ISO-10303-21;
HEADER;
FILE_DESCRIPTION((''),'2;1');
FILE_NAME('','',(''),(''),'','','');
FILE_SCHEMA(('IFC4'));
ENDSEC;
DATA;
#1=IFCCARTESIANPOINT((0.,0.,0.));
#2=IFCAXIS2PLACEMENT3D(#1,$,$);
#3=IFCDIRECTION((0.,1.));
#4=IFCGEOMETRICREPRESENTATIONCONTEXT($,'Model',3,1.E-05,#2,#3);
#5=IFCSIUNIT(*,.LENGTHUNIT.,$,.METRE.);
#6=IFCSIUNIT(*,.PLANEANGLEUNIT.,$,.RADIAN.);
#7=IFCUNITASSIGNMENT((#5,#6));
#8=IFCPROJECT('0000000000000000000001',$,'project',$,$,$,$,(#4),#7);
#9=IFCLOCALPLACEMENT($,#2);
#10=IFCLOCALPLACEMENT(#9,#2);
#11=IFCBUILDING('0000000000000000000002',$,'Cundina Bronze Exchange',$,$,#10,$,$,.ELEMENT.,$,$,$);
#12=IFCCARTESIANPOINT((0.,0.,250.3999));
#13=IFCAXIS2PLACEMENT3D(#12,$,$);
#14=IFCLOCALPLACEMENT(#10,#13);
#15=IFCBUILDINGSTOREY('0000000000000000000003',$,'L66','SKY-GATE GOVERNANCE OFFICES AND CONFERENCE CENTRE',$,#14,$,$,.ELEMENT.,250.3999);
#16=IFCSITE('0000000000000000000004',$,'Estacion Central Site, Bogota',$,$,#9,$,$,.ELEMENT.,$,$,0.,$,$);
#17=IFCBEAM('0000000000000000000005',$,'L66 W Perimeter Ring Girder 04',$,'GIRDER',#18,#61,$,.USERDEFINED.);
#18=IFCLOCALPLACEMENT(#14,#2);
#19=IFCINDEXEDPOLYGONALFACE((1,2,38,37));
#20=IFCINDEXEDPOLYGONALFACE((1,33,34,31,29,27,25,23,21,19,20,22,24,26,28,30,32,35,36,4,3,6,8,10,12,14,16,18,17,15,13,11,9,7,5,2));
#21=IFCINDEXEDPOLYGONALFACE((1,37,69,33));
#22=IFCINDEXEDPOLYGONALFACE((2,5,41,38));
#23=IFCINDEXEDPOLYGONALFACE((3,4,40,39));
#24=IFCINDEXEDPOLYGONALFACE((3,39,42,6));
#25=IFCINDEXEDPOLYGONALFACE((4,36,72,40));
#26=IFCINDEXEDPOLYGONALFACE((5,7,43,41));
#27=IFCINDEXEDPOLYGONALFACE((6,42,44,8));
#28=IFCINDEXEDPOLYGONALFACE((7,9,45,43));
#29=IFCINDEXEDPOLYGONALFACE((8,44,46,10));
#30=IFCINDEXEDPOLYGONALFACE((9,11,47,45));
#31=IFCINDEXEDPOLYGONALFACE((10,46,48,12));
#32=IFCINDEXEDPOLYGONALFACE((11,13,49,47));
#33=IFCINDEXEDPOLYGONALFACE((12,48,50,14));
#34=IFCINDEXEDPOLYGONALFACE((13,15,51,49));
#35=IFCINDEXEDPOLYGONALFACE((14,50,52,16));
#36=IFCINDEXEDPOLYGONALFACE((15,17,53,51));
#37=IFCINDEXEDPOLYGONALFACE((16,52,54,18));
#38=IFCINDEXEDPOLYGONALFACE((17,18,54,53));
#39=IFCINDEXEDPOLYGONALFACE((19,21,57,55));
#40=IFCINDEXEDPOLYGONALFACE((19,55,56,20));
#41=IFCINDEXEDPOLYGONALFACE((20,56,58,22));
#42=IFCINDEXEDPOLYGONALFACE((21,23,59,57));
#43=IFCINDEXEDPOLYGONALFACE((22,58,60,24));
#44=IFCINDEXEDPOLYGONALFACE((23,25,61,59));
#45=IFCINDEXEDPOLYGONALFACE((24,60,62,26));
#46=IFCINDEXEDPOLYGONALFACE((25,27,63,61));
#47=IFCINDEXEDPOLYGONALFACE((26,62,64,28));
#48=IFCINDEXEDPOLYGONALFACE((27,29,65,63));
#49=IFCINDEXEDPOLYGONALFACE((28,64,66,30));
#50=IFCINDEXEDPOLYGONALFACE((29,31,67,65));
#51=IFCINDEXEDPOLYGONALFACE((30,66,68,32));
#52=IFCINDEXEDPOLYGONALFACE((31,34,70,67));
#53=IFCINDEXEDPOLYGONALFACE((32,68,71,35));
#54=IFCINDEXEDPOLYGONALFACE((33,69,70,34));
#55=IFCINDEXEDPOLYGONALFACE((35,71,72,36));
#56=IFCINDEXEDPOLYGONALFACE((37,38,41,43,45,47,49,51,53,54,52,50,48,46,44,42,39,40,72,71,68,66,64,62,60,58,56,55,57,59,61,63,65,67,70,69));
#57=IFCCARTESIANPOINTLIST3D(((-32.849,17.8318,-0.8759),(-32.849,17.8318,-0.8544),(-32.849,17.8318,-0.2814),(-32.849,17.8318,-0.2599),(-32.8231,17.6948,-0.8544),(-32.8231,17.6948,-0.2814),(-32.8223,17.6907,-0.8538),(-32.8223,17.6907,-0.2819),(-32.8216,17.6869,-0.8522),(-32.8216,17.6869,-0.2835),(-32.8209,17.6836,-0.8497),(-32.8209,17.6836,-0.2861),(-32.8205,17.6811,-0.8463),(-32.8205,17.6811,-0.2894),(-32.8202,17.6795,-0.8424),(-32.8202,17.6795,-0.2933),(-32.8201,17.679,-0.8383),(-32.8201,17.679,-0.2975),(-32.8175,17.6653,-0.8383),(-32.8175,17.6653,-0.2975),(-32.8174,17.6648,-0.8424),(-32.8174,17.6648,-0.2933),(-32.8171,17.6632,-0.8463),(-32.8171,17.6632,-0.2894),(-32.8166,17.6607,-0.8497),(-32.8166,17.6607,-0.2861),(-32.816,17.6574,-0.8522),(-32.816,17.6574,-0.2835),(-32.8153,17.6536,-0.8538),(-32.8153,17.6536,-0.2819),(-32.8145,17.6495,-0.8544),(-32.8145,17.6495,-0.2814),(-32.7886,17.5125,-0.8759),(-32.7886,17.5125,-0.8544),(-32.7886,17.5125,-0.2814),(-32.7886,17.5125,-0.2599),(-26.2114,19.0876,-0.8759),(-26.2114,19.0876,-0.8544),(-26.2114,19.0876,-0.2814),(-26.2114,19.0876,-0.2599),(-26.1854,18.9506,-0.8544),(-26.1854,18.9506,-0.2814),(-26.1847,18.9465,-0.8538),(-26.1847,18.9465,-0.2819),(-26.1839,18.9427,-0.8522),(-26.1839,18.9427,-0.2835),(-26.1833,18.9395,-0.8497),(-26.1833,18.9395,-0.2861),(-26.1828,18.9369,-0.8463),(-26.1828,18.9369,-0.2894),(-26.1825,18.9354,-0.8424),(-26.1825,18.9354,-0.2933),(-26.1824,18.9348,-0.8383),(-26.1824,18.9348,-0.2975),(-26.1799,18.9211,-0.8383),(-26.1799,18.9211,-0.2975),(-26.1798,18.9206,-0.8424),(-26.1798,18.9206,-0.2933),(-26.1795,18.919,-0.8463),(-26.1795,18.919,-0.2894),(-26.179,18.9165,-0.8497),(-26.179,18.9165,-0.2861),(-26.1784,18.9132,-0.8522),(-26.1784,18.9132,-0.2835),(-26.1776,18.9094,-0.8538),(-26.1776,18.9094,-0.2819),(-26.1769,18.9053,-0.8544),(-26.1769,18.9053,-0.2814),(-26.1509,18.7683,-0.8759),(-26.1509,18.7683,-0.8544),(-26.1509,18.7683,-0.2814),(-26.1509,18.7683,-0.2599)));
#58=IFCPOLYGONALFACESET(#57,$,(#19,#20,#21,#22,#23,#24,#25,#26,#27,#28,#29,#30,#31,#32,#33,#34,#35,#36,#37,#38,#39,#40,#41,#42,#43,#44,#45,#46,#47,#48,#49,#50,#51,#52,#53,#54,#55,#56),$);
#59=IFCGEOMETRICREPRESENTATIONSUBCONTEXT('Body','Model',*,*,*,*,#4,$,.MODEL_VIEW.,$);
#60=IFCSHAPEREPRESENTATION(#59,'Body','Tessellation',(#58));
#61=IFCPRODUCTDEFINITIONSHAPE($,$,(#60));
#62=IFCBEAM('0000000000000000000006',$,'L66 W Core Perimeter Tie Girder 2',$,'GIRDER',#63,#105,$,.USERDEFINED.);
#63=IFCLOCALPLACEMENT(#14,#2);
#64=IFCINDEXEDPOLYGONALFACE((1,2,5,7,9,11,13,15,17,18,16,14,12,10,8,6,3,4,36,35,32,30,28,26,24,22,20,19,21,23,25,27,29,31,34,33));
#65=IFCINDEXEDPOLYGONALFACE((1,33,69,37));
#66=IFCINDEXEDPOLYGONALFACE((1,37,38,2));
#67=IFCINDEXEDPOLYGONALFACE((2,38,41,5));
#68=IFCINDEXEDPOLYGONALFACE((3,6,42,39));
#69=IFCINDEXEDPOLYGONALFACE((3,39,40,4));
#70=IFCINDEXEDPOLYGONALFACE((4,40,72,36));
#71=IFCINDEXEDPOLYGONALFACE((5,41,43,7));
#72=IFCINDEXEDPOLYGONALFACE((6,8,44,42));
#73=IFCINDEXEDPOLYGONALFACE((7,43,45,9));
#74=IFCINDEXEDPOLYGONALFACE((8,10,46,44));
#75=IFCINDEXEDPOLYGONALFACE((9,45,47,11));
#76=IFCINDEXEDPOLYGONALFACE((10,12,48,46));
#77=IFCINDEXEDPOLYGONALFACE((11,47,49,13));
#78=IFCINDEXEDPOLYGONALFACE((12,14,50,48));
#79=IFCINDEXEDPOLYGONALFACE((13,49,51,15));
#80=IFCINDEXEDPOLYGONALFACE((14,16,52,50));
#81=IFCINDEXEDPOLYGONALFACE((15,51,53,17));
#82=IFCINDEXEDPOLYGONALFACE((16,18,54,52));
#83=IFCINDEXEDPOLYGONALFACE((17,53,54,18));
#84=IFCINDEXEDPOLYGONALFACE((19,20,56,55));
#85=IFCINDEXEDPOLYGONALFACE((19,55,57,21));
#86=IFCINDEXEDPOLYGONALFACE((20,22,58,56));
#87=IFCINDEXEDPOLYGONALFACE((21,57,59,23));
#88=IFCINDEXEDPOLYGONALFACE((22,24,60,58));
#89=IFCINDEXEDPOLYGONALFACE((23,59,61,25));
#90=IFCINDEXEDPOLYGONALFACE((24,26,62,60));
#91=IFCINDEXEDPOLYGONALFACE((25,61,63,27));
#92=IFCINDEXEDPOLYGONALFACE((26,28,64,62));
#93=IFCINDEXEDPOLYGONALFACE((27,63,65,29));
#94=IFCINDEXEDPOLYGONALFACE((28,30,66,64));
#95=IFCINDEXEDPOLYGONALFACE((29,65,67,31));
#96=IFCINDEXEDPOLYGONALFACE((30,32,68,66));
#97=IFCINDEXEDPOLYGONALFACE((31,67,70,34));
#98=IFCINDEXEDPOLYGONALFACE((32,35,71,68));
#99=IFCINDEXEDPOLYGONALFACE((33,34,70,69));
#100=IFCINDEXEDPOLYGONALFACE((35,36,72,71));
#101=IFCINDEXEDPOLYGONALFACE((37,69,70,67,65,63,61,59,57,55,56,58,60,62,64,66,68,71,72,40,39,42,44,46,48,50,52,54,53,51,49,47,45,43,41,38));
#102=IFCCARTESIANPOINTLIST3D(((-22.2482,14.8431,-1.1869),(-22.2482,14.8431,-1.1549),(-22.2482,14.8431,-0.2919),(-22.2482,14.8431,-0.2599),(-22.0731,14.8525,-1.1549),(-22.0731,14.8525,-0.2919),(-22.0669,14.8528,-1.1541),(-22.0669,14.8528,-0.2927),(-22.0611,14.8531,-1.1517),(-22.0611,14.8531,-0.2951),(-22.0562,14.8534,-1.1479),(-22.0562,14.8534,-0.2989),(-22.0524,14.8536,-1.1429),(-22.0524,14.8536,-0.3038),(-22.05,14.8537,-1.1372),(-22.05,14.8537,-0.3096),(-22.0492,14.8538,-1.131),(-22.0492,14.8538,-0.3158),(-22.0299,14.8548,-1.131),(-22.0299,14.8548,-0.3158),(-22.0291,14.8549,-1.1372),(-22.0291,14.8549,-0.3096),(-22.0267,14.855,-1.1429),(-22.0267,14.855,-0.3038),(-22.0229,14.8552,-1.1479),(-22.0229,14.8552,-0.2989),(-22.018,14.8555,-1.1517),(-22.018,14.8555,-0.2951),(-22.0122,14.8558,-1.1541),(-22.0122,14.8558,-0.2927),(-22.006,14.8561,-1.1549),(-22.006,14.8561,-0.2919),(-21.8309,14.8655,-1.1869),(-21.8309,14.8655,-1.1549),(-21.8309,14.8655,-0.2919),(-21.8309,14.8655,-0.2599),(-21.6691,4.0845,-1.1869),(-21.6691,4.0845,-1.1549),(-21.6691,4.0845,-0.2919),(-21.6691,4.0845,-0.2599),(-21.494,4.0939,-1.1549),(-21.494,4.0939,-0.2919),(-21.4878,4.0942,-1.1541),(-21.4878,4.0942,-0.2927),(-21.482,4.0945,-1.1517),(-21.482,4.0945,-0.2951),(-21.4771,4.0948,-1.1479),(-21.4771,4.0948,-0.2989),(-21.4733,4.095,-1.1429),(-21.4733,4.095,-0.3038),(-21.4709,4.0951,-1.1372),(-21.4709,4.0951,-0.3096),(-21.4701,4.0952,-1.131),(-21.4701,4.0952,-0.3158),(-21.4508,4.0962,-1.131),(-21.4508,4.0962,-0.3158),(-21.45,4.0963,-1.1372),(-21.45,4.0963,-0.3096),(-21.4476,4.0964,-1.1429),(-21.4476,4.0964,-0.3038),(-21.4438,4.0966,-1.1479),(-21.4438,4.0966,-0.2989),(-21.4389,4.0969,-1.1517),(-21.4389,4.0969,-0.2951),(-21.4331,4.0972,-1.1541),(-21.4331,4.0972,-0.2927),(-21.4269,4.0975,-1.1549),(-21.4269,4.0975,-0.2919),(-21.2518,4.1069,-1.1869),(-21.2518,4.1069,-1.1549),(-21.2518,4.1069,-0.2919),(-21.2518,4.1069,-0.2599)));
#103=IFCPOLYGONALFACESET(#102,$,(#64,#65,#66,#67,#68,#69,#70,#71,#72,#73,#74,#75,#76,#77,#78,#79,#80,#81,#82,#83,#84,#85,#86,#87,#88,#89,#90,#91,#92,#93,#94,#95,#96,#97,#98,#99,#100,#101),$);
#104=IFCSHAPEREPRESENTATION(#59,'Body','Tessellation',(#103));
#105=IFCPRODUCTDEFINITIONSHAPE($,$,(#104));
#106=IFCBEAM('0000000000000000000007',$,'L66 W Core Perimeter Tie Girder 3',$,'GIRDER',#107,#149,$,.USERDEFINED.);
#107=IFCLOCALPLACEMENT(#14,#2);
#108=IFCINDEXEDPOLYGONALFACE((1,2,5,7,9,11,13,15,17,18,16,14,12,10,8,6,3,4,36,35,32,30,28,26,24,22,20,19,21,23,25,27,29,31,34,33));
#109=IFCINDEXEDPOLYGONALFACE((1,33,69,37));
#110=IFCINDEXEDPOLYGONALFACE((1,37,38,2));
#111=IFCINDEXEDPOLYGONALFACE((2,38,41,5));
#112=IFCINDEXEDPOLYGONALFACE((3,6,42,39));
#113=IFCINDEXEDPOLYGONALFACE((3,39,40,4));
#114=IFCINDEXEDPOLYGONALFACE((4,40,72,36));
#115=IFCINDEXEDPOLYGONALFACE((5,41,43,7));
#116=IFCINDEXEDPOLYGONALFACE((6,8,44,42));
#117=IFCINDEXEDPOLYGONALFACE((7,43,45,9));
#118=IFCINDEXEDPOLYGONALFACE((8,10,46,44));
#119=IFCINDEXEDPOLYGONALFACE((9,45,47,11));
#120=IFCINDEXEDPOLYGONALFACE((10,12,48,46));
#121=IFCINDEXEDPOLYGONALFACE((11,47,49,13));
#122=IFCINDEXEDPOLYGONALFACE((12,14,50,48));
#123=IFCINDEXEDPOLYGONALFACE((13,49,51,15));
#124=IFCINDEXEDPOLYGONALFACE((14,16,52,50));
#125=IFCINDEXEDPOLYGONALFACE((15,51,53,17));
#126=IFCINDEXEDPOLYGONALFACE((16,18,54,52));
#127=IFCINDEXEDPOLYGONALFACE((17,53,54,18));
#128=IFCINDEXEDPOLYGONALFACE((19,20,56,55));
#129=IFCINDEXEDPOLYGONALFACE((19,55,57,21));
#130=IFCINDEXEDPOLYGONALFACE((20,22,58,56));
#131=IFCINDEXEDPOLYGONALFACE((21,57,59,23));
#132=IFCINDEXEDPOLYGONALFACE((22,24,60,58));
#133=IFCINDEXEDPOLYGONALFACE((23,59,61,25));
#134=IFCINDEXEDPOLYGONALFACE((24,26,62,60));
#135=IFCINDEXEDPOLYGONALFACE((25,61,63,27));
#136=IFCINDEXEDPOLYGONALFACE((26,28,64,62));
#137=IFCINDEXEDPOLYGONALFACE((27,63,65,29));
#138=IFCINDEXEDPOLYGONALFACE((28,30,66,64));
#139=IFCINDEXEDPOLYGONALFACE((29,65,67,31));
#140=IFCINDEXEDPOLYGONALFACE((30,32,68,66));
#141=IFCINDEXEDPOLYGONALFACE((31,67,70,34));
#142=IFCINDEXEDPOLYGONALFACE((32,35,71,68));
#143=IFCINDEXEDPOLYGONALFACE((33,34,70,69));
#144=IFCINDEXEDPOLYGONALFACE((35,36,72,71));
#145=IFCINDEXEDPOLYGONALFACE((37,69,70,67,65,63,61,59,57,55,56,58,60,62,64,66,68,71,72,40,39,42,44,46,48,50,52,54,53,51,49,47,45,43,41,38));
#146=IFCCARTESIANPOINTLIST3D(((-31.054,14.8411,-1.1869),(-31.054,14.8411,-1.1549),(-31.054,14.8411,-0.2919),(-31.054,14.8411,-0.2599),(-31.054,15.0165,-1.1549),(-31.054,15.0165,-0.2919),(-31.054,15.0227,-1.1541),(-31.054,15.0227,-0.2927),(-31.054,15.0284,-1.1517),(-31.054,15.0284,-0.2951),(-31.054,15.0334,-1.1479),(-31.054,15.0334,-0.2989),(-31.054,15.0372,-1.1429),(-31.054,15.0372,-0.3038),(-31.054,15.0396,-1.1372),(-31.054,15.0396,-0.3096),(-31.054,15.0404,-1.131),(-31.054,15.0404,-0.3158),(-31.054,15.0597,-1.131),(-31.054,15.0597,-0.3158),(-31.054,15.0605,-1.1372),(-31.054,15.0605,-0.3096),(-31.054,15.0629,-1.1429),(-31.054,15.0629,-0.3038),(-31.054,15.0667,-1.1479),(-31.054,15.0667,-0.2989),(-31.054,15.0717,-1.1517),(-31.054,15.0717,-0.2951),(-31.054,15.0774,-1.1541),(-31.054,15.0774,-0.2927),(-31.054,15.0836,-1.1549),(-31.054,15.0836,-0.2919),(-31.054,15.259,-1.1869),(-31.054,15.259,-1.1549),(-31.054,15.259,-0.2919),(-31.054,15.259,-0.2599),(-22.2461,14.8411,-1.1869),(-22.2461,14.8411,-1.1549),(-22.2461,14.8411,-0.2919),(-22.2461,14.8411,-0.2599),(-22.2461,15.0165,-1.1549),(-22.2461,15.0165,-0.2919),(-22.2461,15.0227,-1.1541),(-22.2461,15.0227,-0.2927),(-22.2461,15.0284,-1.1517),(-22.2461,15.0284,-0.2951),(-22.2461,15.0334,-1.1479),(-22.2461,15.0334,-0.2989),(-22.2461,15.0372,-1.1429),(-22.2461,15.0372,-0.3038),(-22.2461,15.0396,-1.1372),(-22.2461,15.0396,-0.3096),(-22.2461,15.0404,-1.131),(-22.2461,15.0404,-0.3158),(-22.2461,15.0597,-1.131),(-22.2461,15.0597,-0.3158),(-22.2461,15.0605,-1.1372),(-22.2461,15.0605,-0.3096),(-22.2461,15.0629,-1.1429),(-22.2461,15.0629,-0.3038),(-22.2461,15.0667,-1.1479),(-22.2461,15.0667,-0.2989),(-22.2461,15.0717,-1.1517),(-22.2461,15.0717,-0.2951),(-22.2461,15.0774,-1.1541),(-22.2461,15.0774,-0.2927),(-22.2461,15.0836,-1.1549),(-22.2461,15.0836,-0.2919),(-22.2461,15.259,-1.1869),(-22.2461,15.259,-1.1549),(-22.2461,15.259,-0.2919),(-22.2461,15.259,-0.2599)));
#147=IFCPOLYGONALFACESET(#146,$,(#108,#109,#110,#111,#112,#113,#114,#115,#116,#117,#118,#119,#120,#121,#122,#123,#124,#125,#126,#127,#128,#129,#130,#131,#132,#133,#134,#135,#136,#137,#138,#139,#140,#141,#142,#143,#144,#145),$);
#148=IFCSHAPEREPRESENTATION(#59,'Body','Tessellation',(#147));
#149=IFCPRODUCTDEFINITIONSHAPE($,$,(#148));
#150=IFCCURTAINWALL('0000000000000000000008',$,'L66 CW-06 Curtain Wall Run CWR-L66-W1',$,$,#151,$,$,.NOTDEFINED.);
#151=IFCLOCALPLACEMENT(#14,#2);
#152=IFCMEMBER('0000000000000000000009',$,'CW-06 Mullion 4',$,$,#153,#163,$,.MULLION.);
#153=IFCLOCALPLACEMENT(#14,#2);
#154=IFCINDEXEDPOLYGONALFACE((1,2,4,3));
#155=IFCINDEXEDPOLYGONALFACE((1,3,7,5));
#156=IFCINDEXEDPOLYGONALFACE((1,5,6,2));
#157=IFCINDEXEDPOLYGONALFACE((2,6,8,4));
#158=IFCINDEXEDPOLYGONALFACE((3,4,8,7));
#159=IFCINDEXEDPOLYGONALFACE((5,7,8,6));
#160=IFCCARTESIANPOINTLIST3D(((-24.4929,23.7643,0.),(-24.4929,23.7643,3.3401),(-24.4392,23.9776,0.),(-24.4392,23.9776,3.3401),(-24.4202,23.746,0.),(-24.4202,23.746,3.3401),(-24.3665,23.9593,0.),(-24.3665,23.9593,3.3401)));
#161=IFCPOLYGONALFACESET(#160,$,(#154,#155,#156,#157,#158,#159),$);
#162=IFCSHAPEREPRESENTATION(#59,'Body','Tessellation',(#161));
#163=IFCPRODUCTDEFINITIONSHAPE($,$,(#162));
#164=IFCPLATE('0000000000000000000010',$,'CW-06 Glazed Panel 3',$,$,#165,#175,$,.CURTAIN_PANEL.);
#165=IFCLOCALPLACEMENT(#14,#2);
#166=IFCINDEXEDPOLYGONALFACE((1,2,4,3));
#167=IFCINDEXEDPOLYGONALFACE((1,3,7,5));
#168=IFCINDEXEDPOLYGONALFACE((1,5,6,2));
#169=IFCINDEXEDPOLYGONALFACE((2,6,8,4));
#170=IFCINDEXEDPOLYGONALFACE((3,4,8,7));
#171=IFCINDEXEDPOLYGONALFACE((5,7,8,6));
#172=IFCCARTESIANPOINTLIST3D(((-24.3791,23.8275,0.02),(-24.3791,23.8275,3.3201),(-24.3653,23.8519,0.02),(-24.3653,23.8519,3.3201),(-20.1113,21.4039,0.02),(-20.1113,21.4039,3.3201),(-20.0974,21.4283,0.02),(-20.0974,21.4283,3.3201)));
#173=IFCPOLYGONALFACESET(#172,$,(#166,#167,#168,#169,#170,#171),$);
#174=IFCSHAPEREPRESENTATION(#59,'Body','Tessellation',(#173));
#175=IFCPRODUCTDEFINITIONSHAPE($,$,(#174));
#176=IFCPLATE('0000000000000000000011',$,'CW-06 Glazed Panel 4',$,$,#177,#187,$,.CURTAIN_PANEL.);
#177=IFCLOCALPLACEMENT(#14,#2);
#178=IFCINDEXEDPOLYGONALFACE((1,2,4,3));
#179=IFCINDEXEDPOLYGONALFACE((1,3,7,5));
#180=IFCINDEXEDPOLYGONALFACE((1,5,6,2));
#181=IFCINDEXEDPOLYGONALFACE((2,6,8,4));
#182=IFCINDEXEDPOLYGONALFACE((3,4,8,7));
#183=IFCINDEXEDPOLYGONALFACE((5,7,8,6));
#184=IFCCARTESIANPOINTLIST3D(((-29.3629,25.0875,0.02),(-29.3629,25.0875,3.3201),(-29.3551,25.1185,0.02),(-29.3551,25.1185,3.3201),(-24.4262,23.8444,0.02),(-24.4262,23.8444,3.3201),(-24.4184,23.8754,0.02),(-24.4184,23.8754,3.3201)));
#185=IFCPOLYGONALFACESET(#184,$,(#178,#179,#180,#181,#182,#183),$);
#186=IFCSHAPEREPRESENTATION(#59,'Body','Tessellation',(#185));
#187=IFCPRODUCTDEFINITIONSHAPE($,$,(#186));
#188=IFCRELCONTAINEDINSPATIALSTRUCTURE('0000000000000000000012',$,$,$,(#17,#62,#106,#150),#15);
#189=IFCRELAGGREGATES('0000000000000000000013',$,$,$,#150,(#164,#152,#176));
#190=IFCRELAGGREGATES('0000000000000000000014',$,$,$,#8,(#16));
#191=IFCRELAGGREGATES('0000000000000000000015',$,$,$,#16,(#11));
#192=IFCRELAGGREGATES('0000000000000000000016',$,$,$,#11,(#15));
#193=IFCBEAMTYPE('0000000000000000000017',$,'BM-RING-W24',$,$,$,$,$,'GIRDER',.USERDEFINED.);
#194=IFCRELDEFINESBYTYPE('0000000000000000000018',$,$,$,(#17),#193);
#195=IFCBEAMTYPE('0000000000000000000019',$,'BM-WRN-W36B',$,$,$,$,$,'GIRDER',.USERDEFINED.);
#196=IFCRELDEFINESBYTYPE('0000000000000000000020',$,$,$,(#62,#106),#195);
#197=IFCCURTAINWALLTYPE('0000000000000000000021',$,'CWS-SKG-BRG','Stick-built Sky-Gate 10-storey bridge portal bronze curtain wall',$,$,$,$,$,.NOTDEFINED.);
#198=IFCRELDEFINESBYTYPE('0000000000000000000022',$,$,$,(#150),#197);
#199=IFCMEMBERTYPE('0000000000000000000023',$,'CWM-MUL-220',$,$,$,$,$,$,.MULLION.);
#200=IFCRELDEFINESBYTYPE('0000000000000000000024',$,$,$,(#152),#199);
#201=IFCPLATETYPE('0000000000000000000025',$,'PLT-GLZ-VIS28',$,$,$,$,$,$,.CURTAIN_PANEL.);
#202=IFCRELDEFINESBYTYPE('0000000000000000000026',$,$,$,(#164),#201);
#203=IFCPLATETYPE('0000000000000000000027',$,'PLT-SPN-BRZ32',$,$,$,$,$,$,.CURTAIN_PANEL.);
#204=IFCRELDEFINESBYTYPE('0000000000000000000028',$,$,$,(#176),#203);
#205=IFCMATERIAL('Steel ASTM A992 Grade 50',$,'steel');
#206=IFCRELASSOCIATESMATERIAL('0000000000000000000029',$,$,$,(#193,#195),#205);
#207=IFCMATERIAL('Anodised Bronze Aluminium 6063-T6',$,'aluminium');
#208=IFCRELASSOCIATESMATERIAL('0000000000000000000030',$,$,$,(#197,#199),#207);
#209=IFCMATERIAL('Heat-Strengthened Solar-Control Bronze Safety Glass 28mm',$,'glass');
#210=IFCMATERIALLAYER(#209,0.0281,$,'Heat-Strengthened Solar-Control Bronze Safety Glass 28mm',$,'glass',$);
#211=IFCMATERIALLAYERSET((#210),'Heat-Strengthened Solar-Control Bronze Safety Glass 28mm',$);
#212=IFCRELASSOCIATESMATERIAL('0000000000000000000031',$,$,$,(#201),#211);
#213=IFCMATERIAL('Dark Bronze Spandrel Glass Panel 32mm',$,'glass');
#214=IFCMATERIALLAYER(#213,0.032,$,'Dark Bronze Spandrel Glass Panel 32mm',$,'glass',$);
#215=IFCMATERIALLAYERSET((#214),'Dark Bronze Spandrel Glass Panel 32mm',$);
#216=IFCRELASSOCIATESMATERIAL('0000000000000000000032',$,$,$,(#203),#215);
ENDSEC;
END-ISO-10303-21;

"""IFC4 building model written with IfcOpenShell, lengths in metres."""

from ifc_helpers import new_model, si_unit, direction, frame, origin, origin_2d, place, context, subcontext, project, spatial, rectangle, i_section, extrude, material, layer, layer_set, material_profile, profile_set, type_object, element, aggregate, save


model = new_model("IFC4")

# Units and contexts
model_context = context("Model", 3, precision=1e-05, world=origin(), true_north=direction((0.0, 1.0)))
body_context = subcontext(model_context, "Body", "Model", "MODEL_VIEW")
ifc_project = project(units=[si_unit("LENGTHUNIT", "METRE"), si_unit("PLANEANGLEUNIT", "RADIAN")], contexts=[model_context])

# Site, building, storey
site_placement = place(None, origin())
site = spatial("IfcSite", under=ifc_project, at=site_placement, Name="Estacion Central Site, Bogota", CompositionType="ELEMENT", RefElevation=0.0)
building_placement = place(site_placement, origin())
building = spatial("IfcBuilding", under=site, at=building_placement, Name="Cundina Bronze Exchange", CompositionType="ELEMENT")
storey_placement = place(building_placement, frame((0.0, 0.0, 250.3999)))
storey = spatial("IfcBuildingStorey", under=building, at=storey_placement, Name="L66", Description="SKY-GATE GOVERNANCE OFFICES AND CONFERENCE CENTRE", CompositionType="ELEMENT", Elevation=250.3999)

# Shared definitions
ifc_material_1 = material(Name="Steel ASTM A992 Grade 50", Category="steel")

# Beams
ifc_material_profile_1 = material_profile(ifc_material_1, i_section(OverallWidth=0.325, OverallDepth=0.616, WebThickness=0.0139, FlangeThickness=0.0215, FilletRadius=0.0161, at=origin_2d()), Name="W24X117", Category="steel")
ifc_profile_set_1 = profile_set([ifc_material_profile_1], Name="Steel ASTM A992 Grade 50")
beam_type_1 = type_object("IfcBeamType", Name="BM-RING-W24", ElementType="GIRDER", PredefinedType="USERDEFINED", material=ifc_profile_set_1)
beam_1_placement = place(storey_placement, frame((-26.1812, 18.928, -0.5679), z_axis=(-0.982568, -0.185903, 0.0), x_axis=(0.185903, -0.982568, 0.0)))
element("IfcBeam", 1, at=beam_1_placement, inside=storey, type_object=beam_type_1, Name="L66 W Perimeter Ring Girder 04", ObjectType="GIRDER", PredefinedType="USERDEFINED", context=body_context, shape_type="SweptSolid", body=[
    extrude(i_section(OverallWidth=0.325, OverallDepth=0.616, WebThickness=0.0139, FlangeThickness=0.0215, FilletRadius=0.0161, at=origin_2d()), origin(), (0.0, 0.0, 1.0), 6.7554),
])
ifc_material_profile_2 = material_profile(ifc_material_1, i_section(OverallWidth=0.418, OverallDepth=0.927, WebThickness=0.0193, FlangeThickness=0.032, FilletRadius=0.0239, at=origin_2d()), Name="W36X231", Category="steel")
ifc_profile_set_2 = profile_set([ifc_material_profile_2], Name="Steel ASTM A992 Grade 50")
beam_type_2 = type_object("IfcBeamType", Name="BM-WRN-W36B", ElementType="GIRDER", PredefinedType="USERDEFINED", material=ifc_profile_set_2)
beam_2_placement = place(storey_placement, frame((-21.4604, 4.0957, -0.7234), z_axis=(-0.053749, 0.998554, 0.0), x_axis=(-0.998554, -0.053749, 0.0)))
element("IfcBeam", 2, at=beam_2_placement, inside=storey, type_object=beam_type_2, Name="L66 W Core Perimeter Tie Girder 2", ObjectType="GIRDER", PredefinedType="USERDEFINED", context=body_context, shape_type="SweptSolid", body=[
    extrude(i_section(OverallWidth=0.418, OverallDepth=0.927, WebThickness=0.0193, FlangeThickness=0.032, FilletRadius=0.0239, at=origin_2d()), origin(), (0.0, 0.0, 1.0), 10.7742),
])
beam_3_placement = place(storey_placement, frame((-22.2461, 15.05, -0.7234), z_axis=(-1.0, 0.0, 0.0), x_axis=(0.0, -1.0, 0.0)))
element("IfcBeam", 3, at=beam_3_placement, inside=storey, type_object=beam_type_2, Name="L66 W Core Perimeter Tie Girder 3", ObjectType="GIRDER", PredefinedType="USERDEFINED", context=body_context, shape_type="SweptSolid", body=[
    extrude(i_section(OverallWidth=0.418, OverallDepth=0.927, WebThickness=0.0193, FlangeThickness=0.032, FilletRadius=0.0239, at=origin_2d()), origin(), (0.0, 0.0, 1.0), 8.8079),
])

# Curtain wall, member, plates
ifc_material_2 = material(Name="Anodised Bronze Aluminium 6063-T6", Category="aluminium")
curtain_wall_type = type_object("IfcCurtainWallType", Name="CWS-SKG-BRG", Description="Stick-built Sky-Gate 10-storey bridge portal bronze curtain wall", PredefinedType="NOTDEFINED", material=ifc_material_2)
curtain_wall_placement = place(storey_placement, origin())
curtain_wall = element("IfcCurtainWall", 4, at=curtain_wall_placement, inside=storey, type_object=curtain_wall_type, Name="L66 CW-06 Curtain Wall Run CWR-L66-W1", PredefinedType="NOTDEFINED")
ifc_material_profile_3 = material_profile(ifc_material_2, rectangle(XDim=0.075, YDim=0.22, at=origin_2d()), Name="AL75X220", Category="aluminium")
ifc_profile_set_3 = profile_set([ifc_material_profile_3], Name="Anodised Bronze Aluminium 6063-T6")
member_type = type_object("IfcMemberType", Name="CWM-MUL-220", PredefinedType="MULLION", material=ifc_profile_set_3)
member_placement = place(storey_placement, frame((-24.4297, 23.8618, 0.0), z_axis=(0.0, 0.0, 1.0), x_axis=(-0.969744, 0.244123, 0.0)))
member = element("IfcMember", 5, at=member_placement, type_object=member_type, Name="CW-06 Mullion 4", PredefinedType="MULLION", context=body_context, shape_type="SweptSolid", body=[
    extrude(rectangle(XDim=0.075, YDim=0.22, at=origin_2d()), origin(), (0.0, 0.0, 1.0), 3.3401),
])
ifc_material_3 = material(Name="Heat-Strengthened Solar-Control Bronze Safety Glass 28mm", Category="glass")
ifc_layer_1 = layer(ifc_material_3, 0.0281, Name="Heat-Strengthened Solar-Control Bronze Safety Glass 28mm", Category="glass")
ifc_layer_set_1 = layer_set([ifc_layer_1], Name="Heat-Strengthened Solar-Control Bronze Safety Glass 28mm")
plate_type_1 = type_object("IfcPlateType", Name="PLT-GLZ-VIS28", PredefinedType="CURTAIN_PANEL", material=ifc_layer_set_1)
plate_1_placement = place(storey_placement, frame((-22.2383, 22.6279, 0.02), z_axis=(0.0, 0.0, 1.0), x_axis=(-0.869573, 0.493805, 0.0)))
plate_1 = element("IfcPlate", 6, at=plate_1_placement, type_object=plate_type_1, Name="CW-06 Glazed Panel 3", PredefinedType="CURTAIN_PANEL", context=body_context, shape_type="SweptSolid", body=[
    extrude(rectangle(XDim=4.908, YDim=0.0281, at=origin_2d()), origin(), (0.0, 0.0, 1.0), 3.3),
])
ifc_material_4 = material(Name="Dark Bronze Spandrel Glass Panel 32mm", Category="glass")
ifc_layer_2 = layer(ifc_material_4, 0.032, Name="Dark Bronze Spandrel Glass Panel 32mm", Category="glass")
ifc_layer_set_2 = layer_set([ifc_layer_2], Name="Dark Bronze Spandrel Glass Panel 32mm")
plate_type_2 = type_object("IfcPlateType", Name="PLT-SPN-BRZ32", PredefinedType="CURTAIN_PANEL", material=ifc_layer_set_2)
plate_2_placement = place(storey_placement, frame((-26.8906, 24.4814, 0.02), z_axis=(0.0, 0.0, 1.0), x_axis=(-0.969732, 0.244174, 0.0)))
plate_2 = element("IfcPlate", 7, at=plate_2_placement, type_object=plate_type_2, Name="CW-06 Glazed Panel 4", PredefinedType="CURTAIN_PANEL", context=body_context, shape_type="SweptSolid", body=[
    extrude(rectangle(XDim=5.0908, YDim=0.032, at=origin_2d()), origin(), (0.0, 0.0, 1.0), 3.3),
])
aggregate(curtain_wall, [plate_1, member, plate_2])

save(model, "model.ifc")
